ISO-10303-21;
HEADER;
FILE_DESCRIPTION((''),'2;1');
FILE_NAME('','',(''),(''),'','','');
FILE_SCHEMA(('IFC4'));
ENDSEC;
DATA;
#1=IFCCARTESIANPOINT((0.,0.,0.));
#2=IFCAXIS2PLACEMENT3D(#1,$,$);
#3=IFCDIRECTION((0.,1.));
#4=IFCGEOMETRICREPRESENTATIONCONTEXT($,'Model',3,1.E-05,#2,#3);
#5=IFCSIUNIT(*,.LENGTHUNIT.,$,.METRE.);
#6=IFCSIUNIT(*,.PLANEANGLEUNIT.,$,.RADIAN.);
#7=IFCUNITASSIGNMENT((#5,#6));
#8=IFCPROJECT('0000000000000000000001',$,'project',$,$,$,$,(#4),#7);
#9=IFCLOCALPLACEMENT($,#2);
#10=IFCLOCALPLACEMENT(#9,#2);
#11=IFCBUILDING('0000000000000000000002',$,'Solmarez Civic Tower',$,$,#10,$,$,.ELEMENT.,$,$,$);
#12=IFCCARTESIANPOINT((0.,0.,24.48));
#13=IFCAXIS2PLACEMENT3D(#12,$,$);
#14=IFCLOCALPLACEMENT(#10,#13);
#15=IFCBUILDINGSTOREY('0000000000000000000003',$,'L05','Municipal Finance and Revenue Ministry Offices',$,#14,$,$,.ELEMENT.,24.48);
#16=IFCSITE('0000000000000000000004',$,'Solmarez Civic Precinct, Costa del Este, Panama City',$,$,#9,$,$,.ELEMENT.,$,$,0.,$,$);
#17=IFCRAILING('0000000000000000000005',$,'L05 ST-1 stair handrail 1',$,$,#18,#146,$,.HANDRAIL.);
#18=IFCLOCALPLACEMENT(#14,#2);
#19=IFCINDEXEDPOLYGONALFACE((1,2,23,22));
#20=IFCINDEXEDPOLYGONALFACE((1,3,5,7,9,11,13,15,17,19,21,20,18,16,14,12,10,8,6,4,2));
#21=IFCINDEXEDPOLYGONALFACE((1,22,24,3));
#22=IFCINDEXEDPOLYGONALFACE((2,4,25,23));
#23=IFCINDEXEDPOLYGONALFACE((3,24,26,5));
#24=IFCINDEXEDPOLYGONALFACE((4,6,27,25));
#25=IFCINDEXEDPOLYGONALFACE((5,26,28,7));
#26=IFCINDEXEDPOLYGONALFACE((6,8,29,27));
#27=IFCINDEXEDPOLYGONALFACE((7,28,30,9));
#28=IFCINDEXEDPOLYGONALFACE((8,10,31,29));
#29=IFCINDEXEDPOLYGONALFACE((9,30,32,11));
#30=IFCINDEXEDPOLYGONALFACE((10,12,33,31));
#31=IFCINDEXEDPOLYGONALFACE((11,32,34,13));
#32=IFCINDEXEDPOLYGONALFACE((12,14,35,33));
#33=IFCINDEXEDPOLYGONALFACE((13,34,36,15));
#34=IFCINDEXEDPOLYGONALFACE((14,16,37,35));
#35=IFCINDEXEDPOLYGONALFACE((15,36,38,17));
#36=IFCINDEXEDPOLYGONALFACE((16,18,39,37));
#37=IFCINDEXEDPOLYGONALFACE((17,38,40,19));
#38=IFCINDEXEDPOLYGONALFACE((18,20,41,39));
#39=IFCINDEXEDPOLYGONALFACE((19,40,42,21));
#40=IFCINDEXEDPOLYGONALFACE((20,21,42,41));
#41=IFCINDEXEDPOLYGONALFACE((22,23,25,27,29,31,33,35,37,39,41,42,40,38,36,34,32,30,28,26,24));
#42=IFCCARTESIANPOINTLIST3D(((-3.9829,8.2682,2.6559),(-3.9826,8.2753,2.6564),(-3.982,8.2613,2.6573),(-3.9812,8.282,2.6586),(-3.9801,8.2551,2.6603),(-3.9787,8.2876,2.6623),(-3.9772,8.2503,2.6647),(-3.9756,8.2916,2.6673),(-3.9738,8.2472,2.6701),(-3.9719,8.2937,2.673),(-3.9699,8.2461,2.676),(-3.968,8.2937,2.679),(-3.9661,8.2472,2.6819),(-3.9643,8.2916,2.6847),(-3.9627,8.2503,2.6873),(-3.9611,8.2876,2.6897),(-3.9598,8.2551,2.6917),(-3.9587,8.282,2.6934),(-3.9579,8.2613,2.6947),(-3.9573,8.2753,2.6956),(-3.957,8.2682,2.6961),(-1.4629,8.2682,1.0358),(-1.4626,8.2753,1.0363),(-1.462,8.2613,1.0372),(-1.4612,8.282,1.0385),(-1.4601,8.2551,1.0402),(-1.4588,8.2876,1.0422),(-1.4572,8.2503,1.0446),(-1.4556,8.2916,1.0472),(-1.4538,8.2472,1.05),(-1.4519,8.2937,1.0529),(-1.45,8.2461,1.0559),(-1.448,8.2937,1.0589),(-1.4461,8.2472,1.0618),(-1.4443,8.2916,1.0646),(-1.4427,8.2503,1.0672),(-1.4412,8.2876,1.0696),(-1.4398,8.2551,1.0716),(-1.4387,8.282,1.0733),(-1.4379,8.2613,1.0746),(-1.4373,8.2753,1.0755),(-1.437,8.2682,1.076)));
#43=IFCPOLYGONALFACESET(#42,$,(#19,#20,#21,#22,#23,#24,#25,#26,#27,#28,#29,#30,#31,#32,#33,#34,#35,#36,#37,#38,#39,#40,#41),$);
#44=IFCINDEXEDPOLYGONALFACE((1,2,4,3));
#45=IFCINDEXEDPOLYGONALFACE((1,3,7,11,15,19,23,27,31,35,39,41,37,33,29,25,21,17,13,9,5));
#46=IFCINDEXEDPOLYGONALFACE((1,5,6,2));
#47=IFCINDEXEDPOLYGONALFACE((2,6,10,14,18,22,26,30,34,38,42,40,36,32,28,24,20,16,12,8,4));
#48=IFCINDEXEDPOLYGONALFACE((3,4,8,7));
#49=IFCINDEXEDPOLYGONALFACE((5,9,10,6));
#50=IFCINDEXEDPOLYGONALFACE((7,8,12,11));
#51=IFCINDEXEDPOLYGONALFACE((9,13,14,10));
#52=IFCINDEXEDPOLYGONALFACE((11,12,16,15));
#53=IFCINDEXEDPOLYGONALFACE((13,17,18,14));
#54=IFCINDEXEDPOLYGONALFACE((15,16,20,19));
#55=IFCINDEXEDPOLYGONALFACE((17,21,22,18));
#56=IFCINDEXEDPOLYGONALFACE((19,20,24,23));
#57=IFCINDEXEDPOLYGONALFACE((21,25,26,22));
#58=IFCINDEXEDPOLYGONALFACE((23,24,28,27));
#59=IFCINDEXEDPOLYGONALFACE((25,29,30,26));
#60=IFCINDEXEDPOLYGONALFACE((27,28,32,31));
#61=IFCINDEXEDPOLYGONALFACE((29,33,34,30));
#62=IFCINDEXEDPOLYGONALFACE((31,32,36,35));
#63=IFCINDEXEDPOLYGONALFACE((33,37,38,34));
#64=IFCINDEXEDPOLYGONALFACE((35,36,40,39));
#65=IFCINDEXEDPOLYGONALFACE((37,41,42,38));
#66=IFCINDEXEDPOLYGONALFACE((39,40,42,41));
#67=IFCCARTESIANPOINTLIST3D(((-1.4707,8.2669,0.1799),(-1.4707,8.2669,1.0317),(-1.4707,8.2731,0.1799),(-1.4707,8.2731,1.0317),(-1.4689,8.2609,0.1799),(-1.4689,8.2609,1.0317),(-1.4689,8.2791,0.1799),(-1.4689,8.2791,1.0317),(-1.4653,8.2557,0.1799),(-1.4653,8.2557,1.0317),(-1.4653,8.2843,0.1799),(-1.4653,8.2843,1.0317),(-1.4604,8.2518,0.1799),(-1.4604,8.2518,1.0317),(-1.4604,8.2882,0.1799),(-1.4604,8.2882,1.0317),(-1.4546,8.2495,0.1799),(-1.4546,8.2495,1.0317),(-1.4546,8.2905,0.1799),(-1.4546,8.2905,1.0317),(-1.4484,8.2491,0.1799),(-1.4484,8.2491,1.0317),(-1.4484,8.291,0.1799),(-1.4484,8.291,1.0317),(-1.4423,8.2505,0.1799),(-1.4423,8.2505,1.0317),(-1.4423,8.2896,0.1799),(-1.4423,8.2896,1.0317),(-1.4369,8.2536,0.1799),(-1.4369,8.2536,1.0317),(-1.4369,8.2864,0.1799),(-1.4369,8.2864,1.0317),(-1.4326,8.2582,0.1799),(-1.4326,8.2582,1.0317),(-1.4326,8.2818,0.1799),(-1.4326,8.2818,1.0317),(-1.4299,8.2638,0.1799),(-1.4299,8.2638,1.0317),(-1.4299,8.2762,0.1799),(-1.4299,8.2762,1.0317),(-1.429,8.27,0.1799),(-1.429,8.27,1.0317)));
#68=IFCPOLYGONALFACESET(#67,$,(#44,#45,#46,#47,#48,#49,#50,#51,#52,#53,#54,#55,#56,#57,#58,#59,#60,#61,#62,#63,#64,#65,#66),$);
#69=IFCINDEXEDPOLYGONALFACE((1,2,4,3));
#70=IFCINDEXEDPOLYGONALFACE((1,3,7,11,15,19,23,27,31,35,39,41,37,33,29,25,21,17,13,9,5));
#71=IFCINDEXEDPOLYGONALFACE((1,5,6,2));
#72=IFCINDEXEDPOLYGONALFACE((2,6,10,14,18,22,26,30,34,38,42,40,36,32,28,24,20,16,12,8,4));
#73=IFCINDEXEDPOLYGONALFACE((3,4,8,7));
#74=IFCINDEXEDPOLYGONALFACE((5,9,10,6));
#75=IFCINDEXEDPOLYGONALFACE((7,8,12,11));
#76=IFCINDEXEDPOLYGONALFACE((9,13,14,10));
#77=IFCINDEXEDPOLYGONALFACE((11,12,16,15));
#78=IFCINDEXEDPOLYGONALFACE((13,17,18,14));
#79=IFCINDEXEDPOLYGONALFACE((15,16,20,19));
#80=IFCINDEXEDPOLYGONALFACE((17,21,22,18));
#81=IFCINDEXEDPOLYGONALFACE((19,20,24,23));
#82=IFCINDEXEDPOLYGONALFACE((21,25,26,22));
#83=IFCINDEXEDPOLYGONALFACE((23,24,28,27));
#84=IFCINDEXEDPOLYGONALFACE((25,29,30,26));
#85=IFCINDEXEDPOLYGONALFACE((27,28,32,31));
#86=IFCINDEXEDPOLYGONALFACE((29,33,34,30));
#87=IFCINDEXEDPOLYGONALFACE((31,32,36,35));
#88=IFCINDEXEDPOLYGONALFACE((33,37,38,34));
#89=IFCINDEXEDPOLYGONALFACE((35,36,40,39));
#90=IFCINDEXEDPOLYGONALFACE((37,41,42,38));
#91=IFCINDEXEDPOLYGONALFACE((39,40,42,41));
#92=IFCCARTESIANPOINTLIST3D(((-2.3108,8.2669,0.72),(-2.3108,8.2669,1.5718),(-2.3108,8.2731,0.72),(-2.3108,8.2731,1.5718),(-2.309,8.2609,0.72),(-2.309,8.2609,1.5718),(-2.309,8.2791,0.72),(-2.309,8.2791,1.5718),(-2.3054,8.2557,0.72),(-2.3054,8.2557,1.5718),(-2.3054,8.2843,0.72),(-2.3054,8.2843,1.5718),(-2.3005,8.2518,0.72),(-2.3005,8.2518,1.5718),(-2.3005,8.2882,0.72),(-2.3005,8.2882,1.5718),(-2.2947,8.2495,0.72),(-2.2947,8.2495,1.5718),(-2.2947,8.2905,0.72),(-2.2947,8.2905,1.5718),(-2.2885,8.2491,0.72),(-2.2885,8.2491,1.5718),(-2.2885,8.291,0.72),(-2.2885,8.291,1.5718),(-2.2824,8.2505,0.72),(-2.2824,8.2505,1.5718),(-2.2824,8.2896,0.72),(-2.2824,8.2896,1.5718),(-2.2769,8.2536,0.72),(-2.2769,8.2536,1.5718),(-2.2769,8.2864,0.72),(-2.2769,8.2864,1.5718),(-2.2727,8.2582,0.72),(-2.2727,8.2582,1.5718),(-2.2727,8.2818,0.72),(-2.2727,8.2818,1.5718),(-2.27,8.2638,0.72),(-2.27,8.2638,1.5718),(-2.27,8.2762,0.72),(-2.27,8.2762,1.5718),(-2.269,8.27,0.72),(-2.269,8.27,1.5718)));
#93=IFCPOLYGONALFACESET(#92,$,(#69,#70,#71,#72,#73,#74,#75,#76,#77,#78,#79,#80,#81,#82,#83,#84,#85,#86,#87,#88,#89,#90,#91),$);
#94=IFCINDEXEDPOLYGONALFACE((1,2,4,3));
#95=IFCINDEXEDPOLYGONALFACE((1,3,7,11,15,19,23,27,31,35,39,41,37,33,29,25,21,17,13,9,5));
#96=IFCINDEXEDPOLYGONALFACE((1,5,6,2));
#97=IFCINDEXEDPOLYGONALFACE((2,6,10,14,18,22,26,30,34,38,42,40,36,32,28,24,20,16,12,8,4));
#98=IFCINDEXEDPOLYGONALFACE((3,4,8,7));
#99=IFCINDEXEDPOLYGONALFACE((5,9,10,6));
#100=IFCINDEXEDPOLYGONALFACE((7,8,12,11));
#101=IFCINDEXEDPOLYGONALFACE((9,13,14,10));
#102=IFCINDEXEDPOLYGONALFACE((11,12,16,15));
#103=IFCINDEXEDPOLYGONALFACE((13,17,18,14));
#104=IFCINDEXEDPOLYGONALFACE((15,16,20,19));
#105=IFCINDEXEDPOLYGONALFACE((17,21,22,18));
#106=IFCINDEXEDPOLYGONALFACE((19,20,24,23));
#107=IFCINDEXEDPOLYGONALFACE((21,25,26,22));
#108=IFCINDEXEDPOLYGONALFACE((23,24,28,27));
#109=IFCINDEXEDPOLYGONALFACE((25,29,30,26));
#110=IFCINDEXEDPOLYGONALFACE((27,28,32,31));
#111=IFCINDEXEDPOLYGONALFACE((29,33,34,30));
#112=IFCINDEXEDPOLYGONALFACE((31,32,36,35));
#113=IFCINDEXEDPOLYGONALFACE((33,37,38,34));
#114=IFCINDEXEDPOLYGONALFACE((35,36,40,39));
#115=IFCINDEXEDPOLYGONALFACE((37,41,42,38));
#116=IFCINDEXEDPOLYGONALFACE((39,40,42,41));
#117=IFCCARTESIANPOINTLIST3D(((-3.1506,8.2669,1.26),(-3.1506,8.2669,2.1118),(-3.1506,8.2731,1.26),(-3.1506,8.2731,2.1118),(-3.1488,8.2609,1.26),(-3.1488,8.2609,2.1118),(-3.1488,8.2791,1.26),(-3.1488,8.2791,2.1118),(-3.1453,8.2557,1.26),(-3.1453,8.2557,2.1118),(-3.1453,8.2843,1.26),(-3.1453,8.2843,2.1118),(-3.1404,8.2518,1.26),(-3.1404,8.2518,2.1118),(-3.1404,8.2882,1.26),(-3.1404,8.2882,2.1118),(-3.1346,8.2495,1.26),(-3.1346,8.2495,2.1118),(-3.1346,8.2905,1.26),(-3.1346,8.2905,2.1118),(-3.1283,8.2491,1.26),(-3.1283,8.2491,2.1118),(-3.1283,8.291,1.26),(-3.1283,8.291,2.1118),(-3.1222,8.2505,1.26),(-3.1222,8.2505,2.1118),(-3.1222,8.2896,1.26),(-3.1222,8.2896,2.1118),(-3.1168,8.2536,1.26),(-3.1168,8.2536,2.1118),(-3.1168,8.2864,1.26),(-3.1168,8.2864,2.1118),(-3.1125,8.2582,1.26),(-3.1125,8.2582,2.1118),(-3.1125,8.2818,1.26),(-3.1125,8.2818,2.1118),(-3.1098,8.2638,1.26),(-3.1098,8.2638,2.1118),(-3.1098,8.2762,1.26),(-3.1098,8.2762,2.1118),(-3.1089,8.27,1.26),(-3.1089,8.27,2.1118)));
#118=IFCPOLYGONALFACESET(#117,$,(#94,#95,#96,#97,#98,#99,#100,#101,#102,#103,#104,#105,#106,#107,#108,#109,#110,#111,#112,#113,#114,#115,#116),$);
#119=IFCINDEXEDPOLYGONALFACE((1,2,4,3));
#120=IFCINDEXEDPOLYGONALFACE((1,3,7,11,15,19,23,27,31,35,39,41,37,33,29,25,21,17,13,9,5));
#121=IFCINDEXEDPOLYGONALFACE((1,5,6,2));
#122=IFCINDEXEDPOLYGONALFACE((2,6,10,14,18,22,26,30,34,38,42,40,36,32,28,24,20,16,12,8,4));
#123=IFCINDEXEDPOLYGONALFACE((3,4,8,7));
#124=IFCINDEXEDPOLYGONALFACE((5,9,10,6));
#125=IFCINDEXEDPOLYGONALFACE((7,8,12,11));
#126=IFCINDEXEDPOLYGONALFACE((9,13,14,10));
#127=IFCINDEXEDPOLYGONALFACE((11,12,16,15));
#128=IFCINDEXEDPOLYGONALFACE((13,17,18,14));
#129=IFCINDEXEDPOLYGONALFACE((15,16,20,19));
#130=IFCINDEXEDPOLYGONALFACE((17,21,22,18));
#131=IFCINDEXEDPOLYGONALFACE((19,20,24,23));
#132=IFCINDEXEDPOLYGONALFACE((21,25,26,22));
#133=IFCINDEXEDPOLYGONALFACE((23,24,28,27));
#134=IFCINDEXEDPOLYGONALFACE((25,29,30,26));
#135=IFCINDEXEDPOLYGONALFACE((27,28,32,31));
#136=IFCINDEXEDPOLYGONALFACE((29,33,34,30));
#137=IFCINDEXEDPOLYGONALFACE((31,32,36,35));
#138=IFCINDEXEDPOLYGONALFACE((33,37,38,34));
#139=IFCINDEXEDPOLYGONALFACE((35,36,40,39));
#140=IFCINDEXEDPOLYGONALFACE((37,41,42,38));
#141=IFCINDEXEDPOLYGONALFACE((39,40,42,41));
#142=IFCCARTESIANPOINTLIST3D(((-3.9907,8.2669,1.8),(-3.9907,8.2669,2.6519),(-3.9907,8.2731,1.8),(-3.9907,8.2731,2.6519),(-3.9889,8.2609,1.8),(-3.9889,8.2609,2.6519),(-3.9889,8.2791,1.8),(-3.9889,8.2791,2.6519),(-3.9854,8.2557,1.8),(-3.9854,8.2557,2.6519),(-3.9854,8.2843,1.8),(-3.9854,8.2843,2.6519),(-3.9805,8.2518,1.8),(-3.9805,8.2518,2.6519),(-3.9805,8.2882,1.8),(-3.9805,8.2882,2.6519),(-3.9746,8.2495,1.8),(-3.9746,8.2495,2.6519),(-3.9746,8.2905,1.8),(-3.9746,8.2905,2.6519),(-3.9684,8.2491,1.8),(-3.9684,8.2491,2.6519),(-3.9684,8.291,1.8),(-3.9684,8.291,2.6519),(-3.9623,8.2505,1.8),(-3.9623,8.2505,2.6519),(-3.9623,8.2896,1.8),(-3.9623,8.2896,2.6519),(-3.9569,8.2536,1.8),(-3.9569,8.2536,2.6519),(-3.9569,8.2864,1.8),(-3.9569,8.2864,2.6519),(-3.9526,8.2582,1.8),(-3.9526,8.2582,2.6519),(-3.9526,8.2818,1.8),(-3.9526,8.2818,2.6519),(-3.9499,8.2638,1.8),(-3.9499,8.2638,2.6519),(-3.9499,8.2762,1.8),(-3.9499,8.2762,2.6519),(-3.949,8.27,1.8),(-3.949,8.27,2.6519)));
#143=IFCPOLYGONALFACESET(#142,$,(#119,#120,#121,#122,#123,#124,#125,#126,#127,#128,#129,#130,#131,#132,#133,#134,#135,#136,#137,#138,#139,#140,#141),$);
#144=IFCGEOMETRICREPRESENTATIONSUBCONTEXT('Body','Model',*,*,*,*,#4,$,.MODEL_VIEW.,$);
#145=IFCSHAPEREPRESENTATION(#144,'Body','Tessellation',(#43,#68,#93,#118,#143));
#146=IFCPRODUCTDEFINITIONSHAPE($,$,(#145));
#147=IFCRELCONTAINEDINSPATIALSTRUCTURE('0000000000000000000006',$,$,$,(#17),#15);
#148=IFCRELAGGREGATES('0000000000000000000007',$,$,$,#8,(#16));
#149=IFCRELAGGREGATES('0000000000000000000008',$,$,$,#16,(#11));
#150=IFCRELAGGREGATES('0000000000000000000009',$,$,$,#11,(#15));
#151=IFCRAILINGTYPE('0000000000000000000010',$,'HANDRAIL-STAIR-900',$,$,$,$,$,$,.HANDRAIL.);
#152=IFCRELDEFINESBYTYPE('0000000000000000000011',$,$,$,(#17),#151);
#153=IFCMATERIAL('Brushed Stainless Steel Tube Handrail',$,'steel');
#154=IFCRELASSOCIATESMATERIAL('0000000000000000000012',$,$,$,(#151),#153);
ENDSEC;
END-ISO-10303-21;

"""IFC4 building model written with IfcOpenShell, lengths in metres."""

from ifc_helpers import new_model, si_unit, direction, frame, origin, origin_2d, place, context, subcontext, project, spatial, circle, extrude, material, type_object, element, save


model = new_model("IFC4")

# Units and contexts
model_context = context("Model", 3, precision=1e-05, world=origin(), true_north=direction((0.0, 1.0)))
body_context = subcontext(model_context, "Body", "Model", "MODEL_VIEW")
ifc_project = project(units=[si_unit("LENGTHUNIT", "METRE"), si_unit("PLANEANGLEUNIT", "RADIAN")], contexts=[model_context])

# Site, building, storey
site_placement = place(None, origin())
site = spatial("IfcSite", under=ifc_project, at=site_placement, Name="Solmarez Civic Precinct, Costa del Este, Panama City", CompositionType="ELEMENT", RefElevation=0.0)
building_placement = place(site_placement, origin())
building = spatial("IfcBuilding", under=site, at=building_placement, Name="Solmarez Civic Tower", CompositionType="ELEMENT")
storey_placement = place(building_placement, frame((0.0, 0.0, 24.48)))
storey = spatial("IfcBuildingStorey", under=building, at=storey_placement, Name="L05", Description="Municipal Finance and Revenue Ministry Offices", CompositionType="ELEMENT", Elevation=24.48)

# Railing
ifc_material_1 = material(Name="Brushed Stainless Steel Tube Handrail", Category="steel")
railing_type_1 = type_object("IfcRailingType", Name="HANDRAIL-STAIR-900", PredefinedType="HANDRAIL", material=ifc_material_1)
railing_1_placement = place(storey_placement, frame((-1.45, 8.27, 0.1799)))
element("IfcRailing", 1, at=railing_1_placement, inside=storey, type_object=railing_type_1, Name="L05 ST-1 stair handrail 1", PredefinedType="HANDRAIL", context=body_context, shape_type="SweptSolid", body=[
    extrude(circle(Radius=0.0239, at=origin_2d()), frame((0.0, 0.0, 0.876), z_axis=(-0.841163, 0.0, 0.540782), x_axis=(0.0, -1.0, 0.0)), (0.0, 0.0, 1.0), 2.9958),
    extrude(circle(Radius=0.021, at=origin_2d()), origin(), (0.0, 0.0, 1.0), 0.8518),
    extrude(circle(Radius=0.021, at=origin_2d()), frame((-0.8401, 0.0, 0.54)), (0.0, 0.0, 1.0), 0.8518),
    extrude(circle(Radius=0.021, at=origin_2d()), frame((-1.6799, 0.0, 1.0801)), (0.0, 0.0, 1.0), 0.8518),
    extrude(circle(Radius=0.021, at=origin_2d()), frame((-2.52, 0.0, 1.6201)), (0.0, 0.0, 1.0), 0.8518),
])

save(model, "model.ifc")
